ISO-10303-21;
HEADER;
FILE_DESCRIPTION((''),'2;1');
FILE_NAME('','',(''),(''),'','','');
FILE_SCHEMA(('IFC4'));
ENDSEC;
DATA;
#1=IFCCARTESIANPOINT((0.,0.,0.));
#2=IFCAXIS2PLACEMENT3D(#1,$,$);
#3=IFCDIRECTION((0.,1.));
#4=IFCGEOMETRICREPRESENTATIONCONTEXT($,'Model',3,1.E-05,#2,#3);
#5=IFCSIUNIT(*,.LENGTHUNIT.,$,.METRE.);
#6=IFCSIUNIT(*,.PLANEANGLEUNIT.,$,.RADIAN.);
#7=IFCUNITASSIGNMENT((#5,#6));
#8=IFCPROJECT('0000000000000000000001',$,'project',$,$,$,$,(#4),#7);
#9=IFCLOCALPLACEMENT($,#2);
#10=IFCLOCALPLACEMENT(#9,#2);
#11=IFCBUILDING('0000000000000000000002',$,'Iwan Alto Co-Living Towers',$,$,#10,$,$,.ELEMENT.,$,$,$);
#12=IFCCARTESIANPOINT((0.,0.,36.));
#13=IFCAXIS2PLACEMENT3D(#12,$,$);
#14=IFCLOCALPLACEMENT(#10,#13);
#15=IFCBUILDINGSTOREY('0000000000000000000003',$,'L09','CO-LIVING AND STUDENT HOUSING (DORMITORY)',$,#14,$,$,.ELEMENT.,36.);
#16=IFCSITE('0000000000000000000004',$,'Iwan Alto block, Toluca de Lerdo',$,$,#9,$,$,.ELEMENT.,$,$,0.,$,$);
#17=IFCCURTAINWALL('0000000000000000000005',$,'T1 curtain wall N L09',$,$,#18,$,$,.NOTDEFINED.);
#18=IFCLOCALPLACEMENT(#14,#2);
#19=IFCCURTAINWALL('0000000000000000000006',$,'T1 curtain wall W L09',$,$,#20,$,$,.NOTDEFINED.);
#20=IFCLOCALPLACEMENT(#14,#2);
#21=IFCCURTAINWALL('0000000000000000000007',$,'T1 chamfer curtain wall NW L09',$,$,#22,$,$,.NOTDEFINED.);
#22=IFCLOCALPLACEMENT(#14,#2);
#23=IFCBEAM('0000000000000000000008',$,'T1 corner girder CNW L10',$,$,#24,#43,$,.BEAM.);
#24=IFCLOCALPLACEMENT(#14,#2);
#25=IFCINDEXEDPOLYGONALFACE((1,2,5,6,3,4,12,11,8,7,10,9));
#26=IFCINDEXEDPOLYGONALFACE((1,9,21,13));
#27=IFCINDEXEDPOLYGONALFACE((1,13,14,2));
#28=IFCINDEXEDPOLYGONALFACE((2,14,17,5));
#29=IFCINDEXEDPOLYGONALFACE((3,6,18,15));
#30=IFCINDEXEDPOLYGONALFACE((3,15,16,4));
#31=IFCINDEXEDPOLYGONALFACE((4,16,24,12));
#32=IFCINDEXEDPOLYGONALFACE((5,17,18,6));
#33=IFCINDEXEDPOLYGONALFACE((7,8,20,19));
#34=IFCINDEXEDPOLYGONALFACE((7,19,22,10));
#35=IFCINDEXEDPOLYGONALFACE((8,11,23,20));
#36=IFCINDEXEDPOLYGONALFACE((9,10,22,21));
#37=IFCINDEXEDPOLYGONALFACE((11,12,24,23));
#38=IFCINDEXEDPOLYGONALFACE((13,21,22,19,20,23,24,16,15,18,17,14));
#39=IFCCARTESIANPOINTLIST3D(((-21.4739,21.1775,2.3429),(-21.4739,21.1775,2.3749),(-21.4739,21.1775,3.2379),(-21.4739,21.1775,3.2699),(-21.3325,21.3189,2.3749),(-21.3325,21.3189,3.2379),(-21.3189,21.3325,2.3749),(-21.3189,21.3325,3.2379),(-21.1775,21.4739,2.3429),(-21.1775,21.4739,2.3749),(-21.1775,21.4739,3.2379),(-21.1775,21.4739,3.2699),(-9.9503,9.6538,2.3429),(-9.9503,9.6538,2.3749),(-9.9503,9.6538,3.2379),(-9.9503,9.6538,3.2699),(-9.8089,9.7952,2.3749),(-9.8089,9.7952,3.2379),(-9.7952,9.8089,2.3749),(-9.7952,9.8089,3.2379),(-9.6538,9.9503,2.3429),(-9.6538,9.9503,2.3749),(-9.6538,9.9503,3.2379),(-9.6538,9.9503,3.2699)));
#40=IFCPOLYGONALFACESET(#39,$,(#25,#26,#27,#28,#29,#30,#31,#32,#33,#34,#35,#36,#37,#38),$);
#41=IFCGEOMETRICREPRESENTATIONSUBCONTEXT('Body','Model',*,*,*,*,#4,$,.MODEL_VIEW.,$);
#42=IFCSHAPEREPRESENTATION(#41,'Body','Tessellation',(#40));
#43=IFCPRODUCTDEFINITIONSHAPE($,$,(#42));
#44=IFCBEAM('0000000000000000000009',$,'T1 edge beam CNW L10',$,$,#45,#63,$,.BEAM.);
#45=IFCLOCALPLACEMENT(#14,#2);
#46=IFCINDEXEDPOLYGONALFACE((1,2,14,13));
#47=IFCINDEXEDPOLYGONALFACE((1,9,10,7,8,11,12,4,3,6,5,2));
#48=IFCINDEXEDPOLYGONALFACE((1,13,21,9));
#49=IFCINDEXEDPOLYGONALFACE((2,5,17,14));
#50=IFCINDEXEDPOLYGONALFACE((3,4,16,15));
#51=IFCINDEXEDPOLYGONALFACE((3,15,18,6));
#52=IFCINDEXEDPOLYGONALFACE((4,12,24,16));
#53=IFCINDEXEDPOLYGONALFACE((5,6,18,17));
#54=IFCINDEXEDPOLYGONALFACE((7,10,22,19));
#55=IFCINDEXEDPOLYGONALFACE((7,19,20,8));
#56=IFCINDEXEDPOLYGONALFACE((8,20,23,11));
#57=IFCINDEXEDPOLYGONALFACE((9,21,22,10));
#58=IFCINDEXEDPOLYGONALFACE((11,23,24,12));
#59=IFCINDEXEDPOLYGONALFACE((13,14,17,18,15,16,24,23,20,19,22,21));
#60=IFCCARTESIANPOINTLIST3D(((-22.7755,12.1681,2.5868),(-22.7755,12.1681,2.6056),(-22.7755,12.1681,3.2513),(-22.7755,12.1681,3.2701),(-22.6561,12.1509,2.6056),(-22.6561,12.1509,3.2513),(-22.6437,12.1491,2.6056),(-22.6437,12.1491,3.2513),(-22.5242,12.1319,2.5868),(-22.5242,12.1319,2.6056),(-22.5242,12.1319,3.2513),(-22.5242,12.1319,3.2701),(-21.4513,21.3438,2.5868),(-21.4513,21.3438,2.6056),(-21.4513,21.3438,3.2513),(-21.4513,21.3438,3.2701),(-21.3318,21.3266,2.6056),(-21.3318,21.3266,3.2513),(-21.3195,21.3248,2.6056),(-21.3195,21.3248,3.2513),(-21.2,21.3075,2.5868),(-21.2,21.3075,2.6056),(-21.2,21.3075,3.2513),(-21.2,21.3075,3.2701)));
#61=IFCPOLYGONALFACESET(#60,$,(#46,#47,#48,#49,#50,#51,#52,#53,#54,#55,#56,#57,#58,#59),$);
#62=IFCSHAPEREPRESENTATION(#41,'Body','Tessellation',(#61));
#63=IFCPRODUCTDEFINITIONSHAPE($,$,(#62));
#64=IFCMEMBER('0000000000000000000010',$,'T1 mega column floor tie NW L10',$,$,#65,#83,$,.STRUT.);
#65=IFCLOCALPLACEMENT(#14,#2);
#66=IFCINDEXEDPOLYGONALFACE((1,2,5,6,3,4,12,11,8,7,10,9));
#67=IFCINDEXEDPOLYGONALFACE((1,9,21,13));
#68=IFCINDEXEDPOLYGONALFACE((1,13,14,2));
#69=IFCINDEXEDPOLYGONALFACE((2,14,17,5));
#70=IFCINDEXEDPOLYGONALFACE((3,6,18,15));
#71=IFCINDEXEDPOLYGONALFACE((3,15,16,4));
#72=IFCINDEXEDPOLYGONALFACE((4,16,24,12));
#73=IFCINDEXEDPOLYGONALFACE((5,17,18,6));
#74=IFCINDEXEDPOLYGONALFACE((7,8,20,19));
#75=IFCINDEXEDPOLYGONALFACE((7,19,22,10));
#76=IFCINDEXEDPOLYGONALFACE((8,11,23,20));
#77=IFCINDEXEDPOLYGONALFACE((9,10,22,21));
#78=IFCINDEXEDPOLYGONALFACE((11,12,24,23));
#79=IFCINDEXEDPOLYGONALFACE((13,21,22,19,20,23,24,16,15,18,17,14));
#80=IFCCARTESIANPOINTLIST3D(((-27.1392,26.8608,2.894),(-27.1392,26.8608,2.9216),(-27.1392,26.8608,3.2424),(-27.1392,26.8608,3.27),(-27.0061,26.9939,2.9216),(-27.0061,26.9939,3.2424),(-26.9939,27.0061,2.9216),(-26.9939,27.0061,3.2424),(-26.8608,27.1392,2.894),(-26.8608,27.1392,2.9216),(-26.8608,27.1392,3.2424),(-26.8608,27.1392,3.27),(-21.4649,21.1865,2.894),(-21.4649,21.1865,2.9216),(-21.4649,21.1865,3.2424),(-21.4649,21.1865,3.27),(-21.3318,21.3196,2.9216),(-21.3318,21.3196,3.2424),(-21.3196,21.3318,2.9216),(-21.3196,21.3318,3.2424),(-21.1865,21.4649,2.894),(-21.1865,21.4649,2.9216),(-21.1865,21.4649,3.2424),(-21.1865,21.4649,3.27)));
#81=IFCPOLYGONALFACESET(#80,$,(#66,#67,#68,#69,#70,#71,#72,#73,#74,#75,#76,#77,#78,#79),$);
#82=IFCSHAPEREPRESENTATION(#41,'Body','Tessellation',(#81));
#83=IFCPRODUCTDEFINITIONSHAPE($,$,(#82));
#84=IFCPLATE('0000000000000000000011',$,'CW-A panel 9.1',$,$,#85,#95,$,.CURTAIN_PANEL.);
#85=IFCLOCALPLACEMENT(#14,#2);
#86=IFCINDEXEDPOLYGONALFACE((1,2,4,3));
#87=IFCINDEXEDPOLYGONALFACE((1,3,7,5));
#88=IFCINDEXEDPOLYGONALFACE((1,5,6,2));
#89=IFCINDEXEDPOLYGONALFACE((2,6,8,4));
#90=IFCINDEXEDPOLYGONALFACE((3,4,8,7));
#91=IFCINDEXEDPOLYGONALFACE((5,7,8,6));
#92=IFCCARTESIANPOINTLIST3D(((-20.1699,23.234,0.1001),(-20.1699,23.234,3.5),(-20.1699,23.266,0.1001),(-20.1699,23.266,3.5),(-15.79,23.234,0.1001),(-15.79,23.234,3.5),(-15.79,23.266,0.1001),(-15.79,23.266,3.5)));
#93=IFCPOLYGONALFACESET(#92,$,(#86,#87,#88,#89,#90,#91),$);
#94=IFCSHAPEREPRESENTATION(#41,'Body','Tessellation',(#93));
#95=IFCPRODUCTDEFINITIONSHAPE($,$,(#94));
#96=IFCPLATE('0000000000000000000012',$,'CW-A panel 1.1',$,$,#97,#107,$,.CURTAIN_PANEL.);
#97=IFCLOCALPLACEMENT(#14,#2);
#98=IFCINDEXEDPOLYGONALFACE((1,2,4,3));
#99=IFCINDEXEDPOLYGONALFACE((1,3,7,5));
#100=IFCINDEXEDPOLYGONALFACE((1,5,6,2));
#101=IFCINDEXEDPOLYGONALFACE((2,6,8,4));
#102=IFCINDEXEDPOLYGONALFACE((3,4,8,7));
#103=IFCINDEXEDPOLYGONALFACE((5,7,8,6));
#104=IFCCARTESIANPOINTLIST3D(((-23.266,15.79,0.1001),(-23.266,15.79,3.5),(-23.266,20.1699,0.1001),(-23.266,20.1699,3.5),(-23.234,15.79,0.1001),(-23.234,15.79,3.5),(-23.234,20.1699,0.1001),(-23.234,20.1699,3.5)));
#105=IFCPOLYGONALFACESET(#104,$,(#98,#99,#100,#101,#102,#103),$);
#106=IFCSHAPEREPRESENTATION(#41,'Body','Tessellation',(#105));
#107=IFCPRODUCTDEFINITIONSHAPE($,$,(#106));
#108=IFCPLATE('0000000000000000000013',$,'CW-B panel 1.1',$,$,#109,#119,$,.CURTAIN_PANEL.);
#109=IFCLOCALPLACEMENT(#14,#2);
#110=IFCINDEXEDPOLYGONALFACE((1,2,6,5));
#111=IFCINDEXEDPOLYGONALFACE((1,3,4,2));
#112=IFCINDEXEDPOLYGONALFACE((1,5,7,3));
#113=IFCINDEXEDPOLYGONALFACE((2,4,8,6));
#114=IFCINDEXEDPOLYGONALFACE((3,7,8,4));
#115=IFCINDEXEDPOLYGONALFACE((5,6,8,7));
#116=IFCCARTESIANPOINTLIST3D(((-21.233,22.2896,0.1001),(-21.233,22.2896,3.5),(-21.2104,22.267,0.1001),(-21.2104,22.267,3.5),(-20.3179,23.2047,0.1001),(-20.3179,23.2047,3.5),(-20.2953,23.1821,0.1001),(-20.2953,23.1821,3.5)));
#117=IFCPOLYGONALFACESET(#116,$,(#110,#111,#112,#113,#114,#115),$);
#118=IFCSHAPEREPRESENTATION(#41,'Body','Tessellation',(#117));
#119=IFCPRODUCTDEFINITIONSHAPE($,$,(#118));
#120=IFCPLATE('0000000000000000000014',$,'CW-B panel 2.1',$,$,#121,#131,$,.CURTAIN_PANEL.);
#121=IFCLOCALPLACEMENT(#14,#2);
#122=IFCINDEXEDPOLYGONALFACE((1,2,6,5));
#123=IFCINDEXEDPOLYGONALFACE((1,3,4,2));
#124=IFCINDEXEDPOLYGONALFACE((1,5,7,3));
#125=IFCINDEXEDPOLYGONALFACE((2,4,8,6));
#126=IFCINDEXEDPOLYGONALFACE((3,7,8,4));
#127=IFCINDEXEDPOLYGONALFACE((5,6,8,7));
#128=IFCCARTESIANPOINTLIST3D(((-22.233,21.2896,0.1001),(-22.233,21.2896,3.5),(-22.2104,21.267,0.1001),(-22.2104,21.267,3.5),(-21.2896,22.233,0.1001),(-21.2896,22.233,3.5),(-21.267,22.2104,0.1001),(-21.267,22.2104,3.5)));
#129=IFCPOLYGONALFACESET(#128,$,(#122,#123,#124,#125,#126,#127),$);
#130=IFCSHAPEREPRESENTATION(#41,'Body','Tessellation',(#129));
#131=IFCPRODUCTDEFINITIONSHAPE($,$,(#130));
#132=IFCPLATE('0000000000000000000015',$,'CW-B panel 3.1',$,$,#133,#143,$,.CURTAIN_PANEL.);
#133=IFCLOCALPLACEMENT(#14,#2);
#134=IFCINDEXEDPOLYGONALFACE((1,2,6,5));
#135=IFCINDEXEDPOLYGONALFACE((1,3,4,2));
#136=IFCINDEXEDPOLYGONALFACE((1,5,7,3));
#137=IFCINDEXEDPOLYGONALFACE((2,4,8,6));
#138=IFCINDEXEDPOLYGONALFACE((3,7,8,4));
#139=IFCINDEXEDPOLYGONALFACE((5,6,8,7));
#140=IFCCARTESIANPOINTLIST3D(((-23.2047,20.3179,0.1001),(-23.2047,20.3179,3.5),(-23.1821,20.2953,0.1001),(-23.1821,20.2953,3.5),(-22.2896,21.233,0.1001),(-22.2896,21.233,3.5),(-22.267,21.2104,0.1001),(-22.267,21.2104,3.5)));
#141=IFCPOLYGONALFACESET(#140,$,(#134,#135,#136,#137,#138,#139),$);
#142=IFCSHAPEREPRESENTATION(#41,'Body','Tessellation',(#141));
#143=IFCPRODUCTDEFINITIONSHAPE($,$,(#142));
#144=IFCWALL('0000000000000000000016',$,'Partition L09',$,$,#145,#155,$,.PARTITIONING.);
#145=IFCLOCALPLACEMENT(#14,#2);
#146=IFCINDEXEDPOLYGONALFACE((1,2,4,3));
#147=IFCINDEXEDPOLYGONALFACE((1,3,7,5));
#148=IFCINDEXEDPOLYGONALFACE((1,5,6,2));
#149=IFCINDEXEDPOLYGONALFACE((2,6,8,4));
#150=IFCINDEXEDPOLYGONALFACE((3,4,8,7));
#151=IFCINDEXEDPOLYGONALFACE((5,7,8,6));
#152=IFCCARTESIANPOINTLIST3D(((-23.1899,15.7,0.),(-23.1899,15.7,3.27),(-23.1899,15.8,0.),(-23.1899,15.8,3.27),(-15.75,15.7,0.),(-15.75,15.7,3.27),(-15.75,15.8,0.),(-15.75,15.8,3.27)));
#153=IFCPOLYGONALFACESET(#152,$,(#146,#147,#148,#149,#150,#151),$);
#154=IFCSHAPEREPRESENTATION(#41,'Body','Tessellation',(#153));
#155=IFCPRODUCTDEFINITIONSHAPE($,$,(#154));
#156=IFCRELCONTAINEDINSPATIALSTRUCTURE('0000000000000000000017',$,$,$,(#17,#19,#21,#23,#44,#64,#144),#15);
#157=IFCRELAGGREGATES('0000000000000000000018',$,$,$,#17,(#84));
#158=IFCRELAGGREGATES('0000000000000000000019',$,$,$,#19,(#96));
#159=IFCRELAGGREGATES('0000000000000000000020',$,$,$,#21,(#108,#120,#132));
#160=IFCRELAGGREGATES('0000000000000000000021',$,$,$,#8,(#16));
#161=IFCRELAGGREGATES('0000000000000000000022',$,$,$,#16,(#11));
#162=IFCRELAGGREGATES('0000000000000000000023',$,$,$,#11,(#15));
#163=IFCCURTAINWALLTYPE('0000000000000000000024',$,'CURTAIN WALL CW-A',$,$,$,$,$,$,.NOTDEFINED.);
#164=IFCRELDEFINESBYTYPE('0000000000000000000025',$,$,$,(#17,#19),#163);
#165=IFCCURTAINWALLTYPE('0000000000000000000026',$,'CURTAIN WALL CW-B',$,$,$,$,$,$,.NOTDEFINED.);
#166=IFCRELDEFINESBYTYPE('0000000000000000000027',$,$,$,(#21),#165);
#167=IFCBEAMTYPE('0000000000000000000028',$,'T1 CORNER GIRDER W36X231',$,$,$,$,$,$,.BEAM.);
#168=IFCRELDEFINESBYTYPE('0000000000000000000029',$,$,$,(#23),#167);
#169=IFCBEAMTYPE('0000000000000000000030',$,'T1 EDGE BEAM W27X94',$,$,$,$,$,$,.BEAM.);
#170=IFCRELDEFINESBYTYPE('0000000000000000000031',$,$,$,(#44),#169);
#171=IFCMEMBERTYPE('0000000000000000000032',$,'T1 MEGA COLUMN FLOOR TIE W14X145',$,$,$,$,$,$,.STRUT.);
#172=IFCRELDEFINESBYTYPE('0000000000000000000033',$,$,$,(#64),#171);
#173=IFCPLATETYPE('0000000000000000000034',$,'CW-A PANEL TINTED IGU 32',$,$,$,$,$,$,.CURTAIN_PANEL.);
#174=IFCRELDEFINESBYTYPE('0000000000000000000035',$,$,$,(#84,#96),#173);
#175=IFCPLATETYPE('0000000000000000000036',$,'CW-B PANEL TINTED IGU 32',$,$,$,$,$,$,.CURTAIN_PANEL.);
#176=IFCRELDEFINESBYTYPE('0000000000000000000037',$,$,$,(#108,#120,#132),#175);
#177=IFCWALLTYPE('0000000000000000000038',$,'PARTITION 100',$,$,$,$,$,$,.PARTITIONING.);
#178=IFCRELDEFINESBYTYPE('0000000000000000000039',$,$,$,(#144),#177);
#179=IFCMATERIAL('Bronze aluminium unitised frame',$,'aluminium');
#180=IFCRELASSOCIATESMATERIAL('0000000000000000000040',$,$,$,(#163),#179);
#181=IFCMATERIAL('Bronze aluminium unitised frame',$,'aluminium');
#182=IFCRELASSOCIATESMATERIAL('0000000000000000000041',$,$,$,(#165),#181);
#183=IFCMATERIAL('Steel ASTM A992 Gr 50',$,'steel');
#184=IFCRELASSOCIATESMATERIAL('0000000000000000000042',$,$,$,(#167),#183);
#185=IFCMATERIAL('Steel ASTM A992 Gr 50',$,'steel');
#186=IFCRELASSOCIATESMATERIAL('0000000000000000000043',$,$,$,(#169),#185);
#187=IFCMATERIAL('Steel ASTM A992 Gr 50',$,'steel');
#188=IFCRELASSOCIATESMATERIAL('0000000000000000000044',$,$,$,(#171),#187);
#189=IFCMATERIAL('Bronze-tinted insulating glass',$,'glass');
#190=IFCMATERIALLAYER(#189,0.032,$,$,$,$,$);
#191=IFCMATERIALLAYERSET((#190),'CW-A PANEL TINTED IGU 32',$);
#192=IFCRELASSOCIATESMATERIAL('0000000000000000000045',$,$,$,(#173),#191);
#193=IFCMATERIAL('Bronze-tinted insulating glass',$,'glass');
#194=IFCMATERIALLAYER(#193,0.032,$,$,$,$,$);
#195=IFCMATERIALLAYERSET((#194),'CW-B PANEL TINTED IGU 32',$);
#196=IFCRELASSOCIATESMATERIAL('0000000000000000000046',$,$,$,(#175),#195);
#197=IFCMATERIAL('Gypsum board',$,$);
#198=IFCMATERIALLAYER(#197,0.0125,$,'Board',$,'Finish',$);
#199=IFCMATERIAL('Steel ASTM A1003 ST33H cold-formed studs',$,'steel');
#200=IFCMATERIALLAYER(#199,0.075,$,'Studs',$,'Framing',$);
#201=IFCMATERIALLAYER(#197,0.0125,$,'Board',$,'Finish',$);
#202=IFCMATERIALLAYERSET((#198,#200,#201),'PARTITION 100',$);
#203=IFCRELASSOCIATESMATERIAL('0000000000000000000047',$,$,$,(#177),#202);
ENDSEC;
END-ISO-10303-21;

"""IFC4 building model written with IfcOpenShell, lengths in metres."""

from ifc_helpers import new_model, si_unit, direction, frame, frame_2d, origin, origin_2d, place, context, subcontext, project, spatial, rectangle, i_section, extrude, material, layer, layer_set, material_profile, profile_set, type_object, element, aggregate, save


model = new_model("IFC4")

# Units and contexts
model_context = context("Model", 3, precision=1e-05, world=origin(), true_north=direction((0.0, 1.0)))
body_context = subcontext(model_context, "Body", "Model", "MODEL_VIEW")
ifc_project = project(units=[si_unit("LENGTHUNIT", "METRE"), si_unit("PLANEANGLEUNIT", "RADIAN")], contexts=[model_context])

# Site, building, storey
site_placement = place(None, origin())
site = spatial("IfcSite", under=ifc_project, at=site_placement, Name="Iwan Alto block, Toluca de Lerdo", CompositionType="ELEMENT", RefElevation=0.0)
building_placement = place(site_placement, origin())
building = spatial("IfcBuilding", under=site, at=building_placement, Name="Iwan Alto Co-Living Towers", CompositionType="ELEMENT")
storey_placement = place(building_placement, frame((0.0, 0.0, 36.0)))
storey = spatial("IfcBuildingStorey", under=building, at=storey_placement, Name="L09", Description="CO-LIVING AND STUDENT HOUSING (DORMITORY)", CompositionType="ELEMENT", Elevation=36.0)

# Curtain wall
ifc_material_1 = material(Name="Bronze aluminium unitised frame", Category="aluminium")
curtain_wall_type_1 = type_object("IfcCurtainWallType", Name="CURTAIN WALL CW-A", PredefinedType="NOTDEFINED", material=ifc_material_1)
curtain_wall_1_placement = place(storey_placement, origin())
curtain_wall_1 = element("IfcCurtainWall", 1, at=curtain_wall_1_placement, inside=storey, type_object=curtain_wall_type_1, Name="T1 curtain wall N L09", PredefinedType="NOTDEFINED")

# Curtain walls
curtain_wall_2_placement = place(storey_placement, origin())
curtain_wall_2 = element("IfcCurtainWall", 2, at=curtain_wall_2_placement, inside=storey, type_object=curtain_wall_type_1, Name="T1 curtain wall W L09", PredefinedType="NOTDEFINED")
ifc_material_2 = material(Name="Bronze aluminium unitised frame", Category="aluminium")
curtain_wall_type_2 = type_object("IfcCurtainWallType", Name="CURTAIN WALL CW-B", PredefinedType="NOTDEFINED", material=ifc_material_2)
curtain_wall_3_placement = place(storey_placement, origin())
curtain_wall_3 = element("IfcCurtainWall", 3, at=curtain_wall_3_placement, inside=storey, type_object=curtain_wall_type_2, Name="T1 chamfer curtain wall NW L09", PredefinedType="NOTDEFINED")

# Beams
ifc_material_3 = material(Name="Steel ASTM A992 Gr 50", Category="steel")
ifc_material_profile_1 = material_profile(ifc_material_3, i_section(OverallWidth=0.4192, OverallDepth=0.927, WebThickness=0.0193, FlangeThickness=0.032, at=origin_2d()), Name="W36X231")
ifc_profile_set_1 = profile_set([ifc_material_profile_1], Name="Steel ASTM A992 Gr 50")
beam_type_1 = type_object("IfcBeamType", Name="T1 CORNER GIRDER W36X231", PredefinedType="BEAM", material=ifc_profile_set_1)
beam_1_placement = place(storey_placement, frame((-21.3257, 21.3257, 2.8064), z_axis=(0.707107, -0.707107, 0.0), x_axis=(0.707107, 0.707107, 0.0)))
element("IfcBeam", 4, at=beam_1_placement, inside=storey, type_object=beam_type_1, Name="T1 corner girder CNW L10", PredefinedType="BEAM", context=body_context, shape_type="SweptSolid", body=[
    extrude(i_section(OverallWidth=0.4192, OverallDepth=0.927, WebThickness=0.0193, FlangeThickness=0.032, at=origin_2d()), origin(), (0.0, 0.0, 1.0), 16.2969),
])
ifc_material_4 = material(Name="Steel ASTM A992 Gr 50", Category="steel")
ifc_material_profile_2 = material_profile(ifc_material_4, i_section(OverallWidth=0.2539, OverallDepth=0.6833, WebThickness=0.0125, FlangeThickness=0.0188, at=origin_2d()), Name="W27X94")
ifc_profile_set_2 = profile_set([ifc_material_profile_2], Name="Steel ASTM A992 Gr 50")
beam_type_2 = type_object("IfcBeamType", Name="T1 EDGE BEAM W27X94", PredefinedType="BEAM", material=ifc_profile_set_2)
beam_2_placement = place(storey_placement, frame((-21.3257, 21.3257, 2.9285), z_axis=(-0.142837, -0.989746, 0.0), x_axis=(0.989746, -0.142837, 0.0)))
element("IfcBeam", 5, at=beam_2_placement, inside=storey, type_object=beam_type_2, Name="T1 edge beam CNW L10", PredefinedType="BEAM", context=body_context, shape_type="SweptSolid", body=[
    extrude(i_section(OverallWidth=0.2539, OverallDepth=0.6833, WebThickness=0.0125, FlangeThickness=0.0188, at=origin_2d()), origin(), (0.0, 0.0, 1.0), 9.2708),
])

# Member
ifc_material_5 = material(Name="Steel ASTM A992 Gr 50", Category="steel")
ifc_material_profile_3 = material_profile(ifc_material_5, i_section(OverallWidth=0.3938, OverallDepth=0.376, WebThickness=0.0173, FlangeThickness=0.0276, at=origin_2d()), Name="W14X145")
ifc_profile_set_3 = profile_set([ifc_material_profile_3], Name="Steel ASTM A992 Gr 50")
member_type_1 = type_object("IfcMemberType", Name="T1 MEGA COLUMN FLOOR TIE W14X145", PredefinedType="STRUT", material=ifc_profile_set_3)
member_1_placement = place(storey_placement, frame((-27.0, 27.0, 3.082), z_axis=(0.707107, -0.707107, 0.0), x_axis=(0.707107, 0.707107, 0.0)))
element("IfcMember", 6, at=member_1_placement, inside=storey, type_object=member_type_1, Name="T1 mega column floor tie NW L10", PredefinedType="STRUT", context=body_context, shape_type="SweptSolid", body=[
    extrude(i_section(OverallWidth=0.3938, OverallDepth=0.376, WebThickness=0.0173, FlangeThickness=0.0276, at=origin_2d()), origin(), (0.0, 0.0, 1.0), 8.0247),
])

# Plates
ifc_material_6 = material(Name="Bronze-tinted insulating glass", Category="glass")
ifc_layer_1 = layer(ifc_material_6, 0.032)
ifc_layer_set_1 = layer_set([ifc_layer_1], Name="CW-A PANEL TINTED IGU 32")
plate_type_1 = type_object("IfcPlateType", Name="CW-A PANEL TINTED IGU 32", PredefinedType="CURTAIN_PANEL", material=ifc_layer_set_1)
plate_1_placement = place(storey_placement, frame((-17.98, 23.25, 0.1001), z_axis=(0.0, 0.0, 1.0), x_axis=(-1.0, 0.0, 0.0)))
plate_1 = element("IfcPlate", 7, at=plate_1_placement, type_object=plate_type_1, Name="CW-A panel 9.1", PredefinedType="CURTAIN_PANEL", context=body_context, shape_type="SweptSolid", body=[
    extrude(rectangle(XDim=4.3799, YDim=0.032, at=origin_2d()), origin(), (0.0, 0.0, 1.0), 3.3999),
])
aggregate(curtain_wall_1, [plate_1])
plate_2_placement = place(storey_placement, frame((-23.25, 17.98, 0.1001), z_axis=(0.0, 0.0, 1.0), x_axis=(0.0, -1.0, 0.0)))
plate_2 = element("IfcPlate", 8, at=plate_2_placement, type_object=plate_type_1, Name="CW-A panel 1.1", PredefinedType="CURTAIN_PANEL", context=body_context, shape_type="SweptSolid", body=[
    extrude(rectangle(XDim=4.3799, YDim=0.032, at=origin_2d()), origin(), (0.0, 0.0, 1.0), 3.3999),
])
aggregate(curtain_wall_2, [plate_2])
ifc_material_7 = material(Name="Bronze-tinted insulating glass", Category="glass")
ifc_layer_2 = layer(ifc_material_7, 0.032)
ifc_layer_set_2 = layer_set([ifc_layer_2], Name="CW-B PANEL TINTED IGU 32")
plate_type_2 = type_object("IfcPlateType", Name="CW-B PANEL TINTED IGU 32", PredefinedType="CURTAIN_PANEL", material=ifc_layer_set_2)
plate_3_placement = place(storey_placement, frame((-20.7642, 22.7358, 0.1001), z_axis=(0.0, 0.0, 1.0), x_axis=(-0.707107, -0.707107, 0.0)))
plate_3 = element("IfcPlate", 9, at=plate_3_placement, type_object=plate_type_2, Name="CW-B panel 1.1", PredefinedType="CURTAIN_PANEL", context=body_context, shape_type="SweptSolid", body=[
    extrude(rectangle(XDim=1.2942, YDim=0.032, at=origin_2d()), origin(), (0.0, 0.0, 1.0), 3.3999),
])
plate_4_placement = place(storey_placement, frame((-21.75, 21.75, 0.1001), z_axis=(0.0, 0.0, 1.0), x_axis=(-0.707107, -0.707107, 0.0)))
plate_4 = element("IfcPlate", 10, at=plate_4_placement, type_object=plate_type_2, Name="CW-B panel 2.1", PredefinedType="CURTAIN_PANEL", context=body_context, shape_type="SweptSolid", body=[
    extrude(rectangle(XDim=1.3342, YDim=0.032, at=origin_2d()), origin(), (0.0, 0.0, 1.0), 3.3999),
])
plate_5_placement = place(storey_placement, frame((-22.7358, 20.7642, 0.1001), z_axis=(0.0, 0.0, 1.0), x_axis=(-0.707107, -0.707107, 0.0)))
plate_5 = element("IfcPlate", 11, at=plate_5_placement, type_object=plate_type_2, Name="CW-B panel 3.1", PredefinedType="CURTAIN_PANEL", context=body_context, shape_type="SweptSolid", body=[
    extrude(rectangle(XDim=1.2942, YDim=0.032, at=origin_2d()), origin(), (0.0, 0.0, 1.0), 3.3999),
])
aggregate(curtain_wall_3, [plate_3, plate_4, plate_5])

# Wall
ifc_material_8 = material(Name="Gypsum board")
ifc_layer_3 = layer(ifc_material_8, 0.0125, Name="Board", Category="Finish")
ifc_material_9 = material(Name="Steel ASTM A1003 ST33H cold-formed studs", Category="steel")
ifc_layer_4 = layer(ifc_material_9, 0.075, Name="Studs", Category="Framing")
ifc_layer_5 = layer(ifc_material_8, 0.0125, Name="Board", Category="Finish")
ifc_layer_set_3 = layer_set([ifc_layer_3, ifc_layer_4, ifc_layer_5], Name="PARTITION 100")
wall_type = type_object("IfcWallType", Name="PARTITION 100", PredefinedType="PARTITIONING", material=ifc_layer_set_3)
wall_placement = place(storey_placement, frame((-23.1899, 15.75, 0.0), z_axis=(0.0, 0.0, 1.0), x_axis=(1.0, 0.0, 0.0)))
element("IfcWall", 12, at=wall_placement, inside=storey, type_object=wall_type, Name="Partition L09", PredefinedType="PARTITIONING", context=body_context, shape_type="SweptSolid", body=[
    extrude(rectangle(XDim=7.4399, YDim=0.1001, at=frame_2d((3.72, 0.0))), origin(), (0.0, 0.0, 1.0), 3.27),
])

save(model, "model.ifc")
